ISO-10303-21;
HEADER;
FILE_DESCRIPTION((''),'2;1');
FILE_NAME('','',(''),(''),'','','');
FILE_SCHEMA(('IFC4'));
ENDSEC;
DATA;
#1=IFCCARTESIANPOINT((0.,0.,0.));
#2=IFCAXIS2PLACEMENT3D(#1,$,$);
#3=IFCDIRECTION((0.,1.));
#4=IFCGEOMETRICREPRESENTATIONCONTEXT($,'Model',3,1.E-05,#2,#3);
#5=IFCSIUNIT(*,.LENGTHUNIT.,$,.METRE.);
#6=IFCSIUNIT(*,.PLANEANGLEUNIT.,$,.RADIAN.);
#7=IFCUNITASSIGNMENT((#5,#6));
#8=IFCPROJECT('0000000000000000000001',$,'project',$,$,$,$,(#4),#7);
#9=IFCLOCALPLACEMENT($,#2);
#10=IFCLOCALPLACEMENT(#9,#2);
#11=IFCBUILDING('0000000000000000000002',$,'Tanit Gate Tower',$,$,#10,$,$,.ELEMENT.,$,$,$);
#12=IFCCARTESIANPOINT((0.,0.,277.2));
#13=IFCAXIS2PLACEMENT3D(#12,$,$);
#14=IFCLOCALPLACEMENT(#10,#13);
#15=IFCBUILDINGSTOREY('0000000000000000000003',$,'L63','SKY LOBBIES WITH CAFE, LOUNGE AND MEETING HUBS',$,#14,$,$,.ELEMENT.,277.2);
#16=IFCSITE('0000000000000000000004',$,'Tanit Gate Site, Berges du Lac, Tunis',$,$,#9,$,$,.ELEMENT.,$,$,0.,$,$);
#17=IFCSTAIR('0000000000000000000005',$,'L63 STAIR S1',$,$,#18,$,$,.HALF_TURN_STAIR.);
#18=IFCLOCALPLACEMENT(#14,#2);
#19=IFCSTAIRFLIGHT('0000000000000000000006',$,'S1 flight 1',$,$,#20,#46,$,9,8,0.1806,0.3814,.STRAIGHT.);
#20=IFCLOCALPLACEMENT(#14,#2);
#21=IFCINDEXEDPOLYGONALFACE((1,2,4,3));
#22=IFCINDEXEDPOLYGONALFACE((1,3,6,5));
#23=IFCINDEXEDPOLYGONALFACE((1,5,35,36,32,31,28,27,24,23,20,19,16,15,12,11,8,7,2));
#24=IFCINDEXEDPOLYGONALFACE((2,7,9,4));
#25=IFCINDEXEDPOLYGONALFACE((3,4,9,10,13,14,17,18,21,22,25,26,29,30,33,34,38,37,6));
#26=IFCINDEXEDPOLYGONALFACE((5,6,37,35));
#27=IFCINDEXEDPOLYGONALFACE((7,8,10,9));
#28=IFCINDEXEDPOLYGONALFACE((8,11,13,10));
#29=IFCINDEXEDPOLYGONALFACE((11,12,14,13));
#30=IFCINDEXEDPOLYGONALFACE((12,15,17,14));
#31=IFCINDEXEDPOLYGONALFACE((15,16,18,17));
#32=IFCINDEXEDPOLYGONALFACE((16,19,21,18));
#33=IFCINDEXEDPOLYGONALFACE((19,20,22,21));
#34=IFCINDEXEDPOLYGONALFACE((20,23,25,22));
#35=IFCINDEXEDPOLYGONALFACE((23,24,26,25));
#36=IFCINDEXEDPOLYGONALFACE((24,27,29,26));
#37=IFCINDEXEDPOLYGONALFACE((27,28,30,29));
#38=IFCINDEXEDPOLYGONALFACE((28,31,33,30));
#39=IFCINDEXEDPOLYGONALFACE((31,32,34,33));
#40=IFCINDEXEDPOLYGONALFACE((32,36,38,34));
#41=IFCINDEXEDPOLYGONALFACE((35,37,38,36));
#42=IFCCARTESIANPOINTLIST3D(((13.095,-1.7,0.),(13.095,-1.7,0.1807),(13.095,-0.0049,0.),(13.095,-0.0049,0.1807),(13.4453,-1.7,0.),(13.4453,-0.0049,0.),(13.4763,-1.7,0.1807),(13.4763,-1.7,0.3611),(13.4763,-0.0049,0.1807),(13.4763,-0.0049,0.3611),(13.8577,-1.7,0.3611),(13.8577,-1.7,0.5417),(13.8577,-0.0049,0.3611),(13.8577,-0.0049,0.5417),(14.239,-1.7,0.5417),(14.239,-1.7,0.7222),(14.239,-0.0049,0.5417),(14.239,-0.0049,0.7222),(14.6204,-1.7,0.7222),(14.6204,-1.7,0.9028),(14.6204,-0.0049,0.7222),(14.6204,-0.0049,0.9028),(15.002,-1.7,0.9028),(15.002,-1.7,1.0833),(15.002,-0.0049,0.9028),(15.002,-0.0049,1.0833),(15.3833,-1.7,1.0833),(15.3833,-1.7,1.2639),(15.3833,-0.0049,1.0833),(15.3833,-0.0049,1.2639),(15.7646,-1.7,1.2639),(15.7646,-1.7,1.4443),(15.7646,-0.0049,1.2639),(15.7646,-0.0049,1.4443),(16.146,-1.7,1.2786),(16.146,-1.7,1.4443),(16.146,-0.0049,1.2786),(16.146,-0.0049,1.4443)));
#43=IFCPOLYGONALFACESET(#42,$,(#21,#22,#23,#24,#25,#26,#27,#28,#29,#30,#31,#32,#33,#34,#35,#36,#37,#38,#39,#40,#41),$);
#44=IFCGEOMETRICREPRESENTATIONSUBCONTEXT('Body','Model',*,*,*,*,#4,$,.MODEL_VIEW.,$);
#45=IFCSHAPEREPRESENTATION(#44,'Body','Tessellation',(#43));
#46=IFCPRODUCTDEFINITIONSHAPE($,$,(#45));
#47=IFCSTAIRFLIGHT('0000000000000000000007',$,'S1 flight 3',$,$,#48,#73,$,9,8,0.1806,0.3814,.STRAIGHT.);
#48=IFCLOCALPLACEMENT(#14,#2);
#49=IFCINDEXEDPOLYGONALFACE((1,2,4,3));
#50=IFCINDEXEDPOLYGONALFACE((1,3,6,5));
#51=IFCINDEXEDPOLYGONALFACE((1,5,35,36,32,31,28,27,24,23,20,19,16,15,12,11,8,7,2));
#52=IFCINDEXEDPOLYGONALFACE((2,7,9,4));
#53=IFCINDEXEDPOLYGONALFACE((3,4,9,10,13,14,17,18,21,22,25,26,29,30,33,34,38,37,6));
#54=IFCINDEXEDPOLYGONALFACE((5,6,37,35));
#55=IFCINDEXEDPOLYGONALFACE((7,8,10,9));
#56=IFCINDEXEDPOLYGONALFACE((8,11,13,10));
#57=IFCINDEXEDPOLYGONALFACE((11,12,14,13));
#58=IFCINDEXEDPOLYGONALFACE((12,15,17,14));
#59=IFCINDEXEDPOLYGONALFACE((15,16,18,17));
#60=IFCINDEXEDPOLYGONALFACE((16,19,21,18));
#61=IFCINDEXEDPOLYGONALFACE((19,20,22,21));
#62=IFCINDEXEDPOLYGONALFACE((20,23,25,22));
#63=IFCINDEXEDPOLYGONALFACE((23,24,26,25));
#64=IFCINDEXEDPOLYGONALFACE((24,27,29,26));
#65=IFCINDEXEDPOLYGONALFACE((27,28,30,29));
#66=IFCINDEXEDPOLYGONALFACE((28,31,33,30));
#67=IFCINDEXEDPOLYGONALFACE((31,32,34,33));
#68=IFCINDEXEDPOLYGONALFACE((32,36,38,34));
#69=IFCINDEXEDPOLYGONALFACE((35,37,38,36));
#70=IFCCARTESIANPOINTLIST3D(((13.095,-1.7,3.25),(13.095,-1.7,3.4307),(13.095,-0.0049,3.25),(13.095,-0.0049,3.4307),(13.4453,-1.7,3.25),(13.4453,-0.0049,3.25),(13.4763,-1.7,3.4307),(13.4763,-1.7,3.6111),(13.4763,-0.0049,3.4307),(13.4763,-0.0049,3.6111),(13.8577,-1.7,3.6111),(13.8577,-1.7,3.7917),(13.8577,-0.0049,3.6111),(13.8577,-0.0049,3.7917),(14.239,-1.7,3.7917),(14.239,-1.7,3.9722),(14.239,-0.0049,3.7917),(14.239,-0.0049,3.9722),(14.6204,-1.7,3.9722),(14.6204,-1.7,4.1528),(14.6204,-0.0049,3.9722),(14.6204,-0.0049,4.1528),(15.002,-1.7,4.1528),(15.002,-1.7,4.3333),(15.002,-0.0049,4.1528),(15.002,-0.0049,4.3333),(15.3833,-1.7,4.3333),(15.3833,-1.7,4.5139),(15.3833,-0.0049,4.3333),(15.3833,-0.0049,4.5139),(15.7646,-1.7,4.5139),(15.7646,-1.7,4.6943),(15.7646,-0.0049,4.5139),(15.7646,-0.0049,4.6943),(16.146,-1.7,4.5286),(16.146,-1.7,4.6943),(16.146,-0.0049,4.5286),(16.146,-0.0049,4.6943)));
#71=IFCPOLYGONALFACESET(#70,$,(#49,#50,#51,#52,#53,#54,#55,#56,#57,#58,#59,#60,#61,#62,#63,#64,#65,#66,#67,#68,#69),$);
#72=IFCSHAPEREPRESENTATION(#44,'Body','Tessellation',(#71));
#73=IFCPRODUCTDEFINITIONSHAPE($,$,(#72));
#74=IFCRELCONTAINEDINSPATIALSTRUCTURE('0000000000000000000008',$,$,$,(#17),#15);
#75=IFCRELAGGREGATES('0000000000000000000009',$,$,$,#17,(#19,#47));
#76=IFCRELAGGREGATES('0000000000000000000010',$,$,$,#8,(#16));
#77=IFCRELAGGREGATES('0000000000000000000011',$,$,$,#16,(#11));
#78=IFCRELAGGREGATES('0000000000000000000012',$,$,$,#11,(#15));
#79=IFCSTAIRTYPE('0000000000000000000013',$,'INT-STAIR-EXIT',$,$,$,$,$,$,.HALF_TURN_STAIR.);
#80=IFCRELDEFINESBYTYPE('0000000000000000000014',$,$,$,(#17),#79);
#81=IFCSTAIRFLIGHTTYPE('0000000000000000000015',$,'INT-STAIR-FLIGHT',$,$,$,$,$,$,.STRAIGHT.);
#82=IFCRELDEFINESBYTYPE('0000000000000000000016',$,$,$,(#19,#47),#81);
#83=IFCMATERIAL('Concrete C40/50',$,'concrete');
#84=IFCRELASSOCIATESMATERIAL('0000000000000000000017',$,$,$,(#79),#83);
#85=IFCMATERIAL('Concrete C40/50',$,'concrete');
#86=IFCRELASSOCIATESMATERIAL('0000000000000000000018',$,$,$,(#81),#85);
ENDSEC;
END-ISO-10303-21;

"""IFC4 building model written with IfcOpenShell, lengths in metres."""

from ifc_helpers import new_model, si_unit, direction, frame, origin, place, context, subcontext, project, spatial, polyline, outline, extrude, material, type_object, element, aggregate, save


model = new_model("IFC4")

# Units and contexts
model_context = context("Model", 3, precision=1e-05, world=origin(), true_north=direction((0.0, 1.0)))
body_context = subcontext(model_context, "Body", "Model", "MODEL_VIEW")
ifc_project = project(units=[si_unit("LENGTHUNIT", "METRE"), si_unit("PLANEANGLEUNIT", "RADIAN")], contexts=[model_context])

# Site, building, storey
site_placement = place(None, origin())
site = spatial("IfcSite", under=ifc_project, at=site_placement, Name="Tanit Gate Site, Berges du Lac, Tunis", CompositionType="ELEMENT", RefElevation=0.0)
building_placement = place(site_placement, origin())
building = spatial("IfcBuilding", under=site, at=building_placement, Name="Tanit Gate Tower", CompositionType="ELEMENT")
storey_placement = place(building_placement, frame((0.0, 0.0, 277.2)))
storey = spatial("IfcBuildingStorey", under=building, at=storey_placement, Name="L63", Description="SKY LOBBIES WITH CAFE, LOUNGE AND MEETING HUBS", CompositionType="ELEMENT", Elevation=277.2)

# Stair, stair flights
ifc_material_1 = material(Name="Concrete C40/50", Category="concrete")
stair_type = type_object("IfcStairType", Name="INT-STAIR-EXIT", PredefinedType="HALF_TURN_STAIR", material=ifc_material_1)
stair_placement = place(storey_placement, origin())
stair = element("IfcStair", 1, at=stair_placement, inside=storey, type_object=stair_type, Name="L63 STAIR S1", PredefinedType="HALF_TURN_STAIR")
ifc_material_2 = material(Name="Concrete C40/50", Category="concrete")
stair_flight_type = type_object("IfcStairFlightType", Name="INT-STAIR-FLIGHT", PredefinedType="STRAIGHT", material=ifc_material_2)
stair_flight_1_placement = place(storey_placement, frame((13.095, -0.8525, 0.0), z_axis=(0.0, 0.0, 1.0), x_axis=(1.0, 0.0, 0.0)))
stair_flight_1 = element("IfcStairFlight", 2, at=stair_flight_1_placement, type_object=stair_flight_type, Name="S1 flight 1", NumberOfRisers=9, NumberOfTreads=8, PredefinedType="STRAIGHT", RiserHeight=0.1806, TreadLength=0.3814, context=body_context, shape_type="SweptSolid", body=[
    extrude(outline(polyline([(0.0, 0.0), (0.0, 0.1807), (0.3813, 0.1807), (0.3813, 0.3611), (0.7627, 0.3611), (0.7627, 0.5417), (1.144, 0.5417), (1.144, 0.7222), (1.5254, 0.7222), (1.5254, 0.9028), (1.907, 0.9028), (1.907, 1.0833), (2.2883, 1.0833), (2.2883, 1.2639), (2.6697, 1.2639), (2.6697, 1.4443), (3.051, 1.4443), (3.051, 1.625), (3.051, 1.2786), (0.3503, 0.0), (0.0, 0.0)])), frame((0.0, 0.8477, 0.0), z_axis=(0.0, -1.0, 0.0), x_axis=(1.0, 0.0, 0.0)), (0.0, 0.0, 1.0), 1.6951),
])
stair_flight_2_placement = place(storey_placement, frame((13.095, -0.8525, 3.25), z_axis=(0.0, 0.0, 1.0), x_axis=(1.0, 0.0, 0.0)))
stair_flight_2 = element("IfcStairFlight", 3, at=stair_flight_2_placement, type_object=stair_flight_type, Name="S1 flight 3", NumberOfRisers=9, NumberOfTreads=8, PredefinedType="STRAIGHT", RiserHeight=0.1806, TreadLength=0.3814, context=body_context, shape_type="SweptSolid", body=[
    extrude(outline(polyline([(0.0, 0.0), (0.0, 0.1807), (0.3813, 0.1807), (0.3813, 0.3611), (0.7627, 0.3611), (0.7627, 0.5417), (1.144, 0.5417), (1.144, 0.7222), (1.5254, 0.7222), (1.5254, 0.9028), (1.907, 0.9028), (1.907, 1.0833), (2.2883, 1.0833), (2.2883, 1.2639), (2.6697, 1.2639), (2.6697, 1.4443), (3.051, 1.4443), (3.051, 1.625), (3.051, 1.2786), (0.3503, 0.0), (0.0, 0.0)])), frame((0.0, 0.8477, 0.0), z_axis=(0.0, -1.0, 0.0), x_axis=(1.0, 0.0, 0.0)), (0.0, 0.0, 1.0), 1.6951),
])
aggregate(stair, [stair_flight_1, stair_flight_2])

save(model, "model.ifc")
